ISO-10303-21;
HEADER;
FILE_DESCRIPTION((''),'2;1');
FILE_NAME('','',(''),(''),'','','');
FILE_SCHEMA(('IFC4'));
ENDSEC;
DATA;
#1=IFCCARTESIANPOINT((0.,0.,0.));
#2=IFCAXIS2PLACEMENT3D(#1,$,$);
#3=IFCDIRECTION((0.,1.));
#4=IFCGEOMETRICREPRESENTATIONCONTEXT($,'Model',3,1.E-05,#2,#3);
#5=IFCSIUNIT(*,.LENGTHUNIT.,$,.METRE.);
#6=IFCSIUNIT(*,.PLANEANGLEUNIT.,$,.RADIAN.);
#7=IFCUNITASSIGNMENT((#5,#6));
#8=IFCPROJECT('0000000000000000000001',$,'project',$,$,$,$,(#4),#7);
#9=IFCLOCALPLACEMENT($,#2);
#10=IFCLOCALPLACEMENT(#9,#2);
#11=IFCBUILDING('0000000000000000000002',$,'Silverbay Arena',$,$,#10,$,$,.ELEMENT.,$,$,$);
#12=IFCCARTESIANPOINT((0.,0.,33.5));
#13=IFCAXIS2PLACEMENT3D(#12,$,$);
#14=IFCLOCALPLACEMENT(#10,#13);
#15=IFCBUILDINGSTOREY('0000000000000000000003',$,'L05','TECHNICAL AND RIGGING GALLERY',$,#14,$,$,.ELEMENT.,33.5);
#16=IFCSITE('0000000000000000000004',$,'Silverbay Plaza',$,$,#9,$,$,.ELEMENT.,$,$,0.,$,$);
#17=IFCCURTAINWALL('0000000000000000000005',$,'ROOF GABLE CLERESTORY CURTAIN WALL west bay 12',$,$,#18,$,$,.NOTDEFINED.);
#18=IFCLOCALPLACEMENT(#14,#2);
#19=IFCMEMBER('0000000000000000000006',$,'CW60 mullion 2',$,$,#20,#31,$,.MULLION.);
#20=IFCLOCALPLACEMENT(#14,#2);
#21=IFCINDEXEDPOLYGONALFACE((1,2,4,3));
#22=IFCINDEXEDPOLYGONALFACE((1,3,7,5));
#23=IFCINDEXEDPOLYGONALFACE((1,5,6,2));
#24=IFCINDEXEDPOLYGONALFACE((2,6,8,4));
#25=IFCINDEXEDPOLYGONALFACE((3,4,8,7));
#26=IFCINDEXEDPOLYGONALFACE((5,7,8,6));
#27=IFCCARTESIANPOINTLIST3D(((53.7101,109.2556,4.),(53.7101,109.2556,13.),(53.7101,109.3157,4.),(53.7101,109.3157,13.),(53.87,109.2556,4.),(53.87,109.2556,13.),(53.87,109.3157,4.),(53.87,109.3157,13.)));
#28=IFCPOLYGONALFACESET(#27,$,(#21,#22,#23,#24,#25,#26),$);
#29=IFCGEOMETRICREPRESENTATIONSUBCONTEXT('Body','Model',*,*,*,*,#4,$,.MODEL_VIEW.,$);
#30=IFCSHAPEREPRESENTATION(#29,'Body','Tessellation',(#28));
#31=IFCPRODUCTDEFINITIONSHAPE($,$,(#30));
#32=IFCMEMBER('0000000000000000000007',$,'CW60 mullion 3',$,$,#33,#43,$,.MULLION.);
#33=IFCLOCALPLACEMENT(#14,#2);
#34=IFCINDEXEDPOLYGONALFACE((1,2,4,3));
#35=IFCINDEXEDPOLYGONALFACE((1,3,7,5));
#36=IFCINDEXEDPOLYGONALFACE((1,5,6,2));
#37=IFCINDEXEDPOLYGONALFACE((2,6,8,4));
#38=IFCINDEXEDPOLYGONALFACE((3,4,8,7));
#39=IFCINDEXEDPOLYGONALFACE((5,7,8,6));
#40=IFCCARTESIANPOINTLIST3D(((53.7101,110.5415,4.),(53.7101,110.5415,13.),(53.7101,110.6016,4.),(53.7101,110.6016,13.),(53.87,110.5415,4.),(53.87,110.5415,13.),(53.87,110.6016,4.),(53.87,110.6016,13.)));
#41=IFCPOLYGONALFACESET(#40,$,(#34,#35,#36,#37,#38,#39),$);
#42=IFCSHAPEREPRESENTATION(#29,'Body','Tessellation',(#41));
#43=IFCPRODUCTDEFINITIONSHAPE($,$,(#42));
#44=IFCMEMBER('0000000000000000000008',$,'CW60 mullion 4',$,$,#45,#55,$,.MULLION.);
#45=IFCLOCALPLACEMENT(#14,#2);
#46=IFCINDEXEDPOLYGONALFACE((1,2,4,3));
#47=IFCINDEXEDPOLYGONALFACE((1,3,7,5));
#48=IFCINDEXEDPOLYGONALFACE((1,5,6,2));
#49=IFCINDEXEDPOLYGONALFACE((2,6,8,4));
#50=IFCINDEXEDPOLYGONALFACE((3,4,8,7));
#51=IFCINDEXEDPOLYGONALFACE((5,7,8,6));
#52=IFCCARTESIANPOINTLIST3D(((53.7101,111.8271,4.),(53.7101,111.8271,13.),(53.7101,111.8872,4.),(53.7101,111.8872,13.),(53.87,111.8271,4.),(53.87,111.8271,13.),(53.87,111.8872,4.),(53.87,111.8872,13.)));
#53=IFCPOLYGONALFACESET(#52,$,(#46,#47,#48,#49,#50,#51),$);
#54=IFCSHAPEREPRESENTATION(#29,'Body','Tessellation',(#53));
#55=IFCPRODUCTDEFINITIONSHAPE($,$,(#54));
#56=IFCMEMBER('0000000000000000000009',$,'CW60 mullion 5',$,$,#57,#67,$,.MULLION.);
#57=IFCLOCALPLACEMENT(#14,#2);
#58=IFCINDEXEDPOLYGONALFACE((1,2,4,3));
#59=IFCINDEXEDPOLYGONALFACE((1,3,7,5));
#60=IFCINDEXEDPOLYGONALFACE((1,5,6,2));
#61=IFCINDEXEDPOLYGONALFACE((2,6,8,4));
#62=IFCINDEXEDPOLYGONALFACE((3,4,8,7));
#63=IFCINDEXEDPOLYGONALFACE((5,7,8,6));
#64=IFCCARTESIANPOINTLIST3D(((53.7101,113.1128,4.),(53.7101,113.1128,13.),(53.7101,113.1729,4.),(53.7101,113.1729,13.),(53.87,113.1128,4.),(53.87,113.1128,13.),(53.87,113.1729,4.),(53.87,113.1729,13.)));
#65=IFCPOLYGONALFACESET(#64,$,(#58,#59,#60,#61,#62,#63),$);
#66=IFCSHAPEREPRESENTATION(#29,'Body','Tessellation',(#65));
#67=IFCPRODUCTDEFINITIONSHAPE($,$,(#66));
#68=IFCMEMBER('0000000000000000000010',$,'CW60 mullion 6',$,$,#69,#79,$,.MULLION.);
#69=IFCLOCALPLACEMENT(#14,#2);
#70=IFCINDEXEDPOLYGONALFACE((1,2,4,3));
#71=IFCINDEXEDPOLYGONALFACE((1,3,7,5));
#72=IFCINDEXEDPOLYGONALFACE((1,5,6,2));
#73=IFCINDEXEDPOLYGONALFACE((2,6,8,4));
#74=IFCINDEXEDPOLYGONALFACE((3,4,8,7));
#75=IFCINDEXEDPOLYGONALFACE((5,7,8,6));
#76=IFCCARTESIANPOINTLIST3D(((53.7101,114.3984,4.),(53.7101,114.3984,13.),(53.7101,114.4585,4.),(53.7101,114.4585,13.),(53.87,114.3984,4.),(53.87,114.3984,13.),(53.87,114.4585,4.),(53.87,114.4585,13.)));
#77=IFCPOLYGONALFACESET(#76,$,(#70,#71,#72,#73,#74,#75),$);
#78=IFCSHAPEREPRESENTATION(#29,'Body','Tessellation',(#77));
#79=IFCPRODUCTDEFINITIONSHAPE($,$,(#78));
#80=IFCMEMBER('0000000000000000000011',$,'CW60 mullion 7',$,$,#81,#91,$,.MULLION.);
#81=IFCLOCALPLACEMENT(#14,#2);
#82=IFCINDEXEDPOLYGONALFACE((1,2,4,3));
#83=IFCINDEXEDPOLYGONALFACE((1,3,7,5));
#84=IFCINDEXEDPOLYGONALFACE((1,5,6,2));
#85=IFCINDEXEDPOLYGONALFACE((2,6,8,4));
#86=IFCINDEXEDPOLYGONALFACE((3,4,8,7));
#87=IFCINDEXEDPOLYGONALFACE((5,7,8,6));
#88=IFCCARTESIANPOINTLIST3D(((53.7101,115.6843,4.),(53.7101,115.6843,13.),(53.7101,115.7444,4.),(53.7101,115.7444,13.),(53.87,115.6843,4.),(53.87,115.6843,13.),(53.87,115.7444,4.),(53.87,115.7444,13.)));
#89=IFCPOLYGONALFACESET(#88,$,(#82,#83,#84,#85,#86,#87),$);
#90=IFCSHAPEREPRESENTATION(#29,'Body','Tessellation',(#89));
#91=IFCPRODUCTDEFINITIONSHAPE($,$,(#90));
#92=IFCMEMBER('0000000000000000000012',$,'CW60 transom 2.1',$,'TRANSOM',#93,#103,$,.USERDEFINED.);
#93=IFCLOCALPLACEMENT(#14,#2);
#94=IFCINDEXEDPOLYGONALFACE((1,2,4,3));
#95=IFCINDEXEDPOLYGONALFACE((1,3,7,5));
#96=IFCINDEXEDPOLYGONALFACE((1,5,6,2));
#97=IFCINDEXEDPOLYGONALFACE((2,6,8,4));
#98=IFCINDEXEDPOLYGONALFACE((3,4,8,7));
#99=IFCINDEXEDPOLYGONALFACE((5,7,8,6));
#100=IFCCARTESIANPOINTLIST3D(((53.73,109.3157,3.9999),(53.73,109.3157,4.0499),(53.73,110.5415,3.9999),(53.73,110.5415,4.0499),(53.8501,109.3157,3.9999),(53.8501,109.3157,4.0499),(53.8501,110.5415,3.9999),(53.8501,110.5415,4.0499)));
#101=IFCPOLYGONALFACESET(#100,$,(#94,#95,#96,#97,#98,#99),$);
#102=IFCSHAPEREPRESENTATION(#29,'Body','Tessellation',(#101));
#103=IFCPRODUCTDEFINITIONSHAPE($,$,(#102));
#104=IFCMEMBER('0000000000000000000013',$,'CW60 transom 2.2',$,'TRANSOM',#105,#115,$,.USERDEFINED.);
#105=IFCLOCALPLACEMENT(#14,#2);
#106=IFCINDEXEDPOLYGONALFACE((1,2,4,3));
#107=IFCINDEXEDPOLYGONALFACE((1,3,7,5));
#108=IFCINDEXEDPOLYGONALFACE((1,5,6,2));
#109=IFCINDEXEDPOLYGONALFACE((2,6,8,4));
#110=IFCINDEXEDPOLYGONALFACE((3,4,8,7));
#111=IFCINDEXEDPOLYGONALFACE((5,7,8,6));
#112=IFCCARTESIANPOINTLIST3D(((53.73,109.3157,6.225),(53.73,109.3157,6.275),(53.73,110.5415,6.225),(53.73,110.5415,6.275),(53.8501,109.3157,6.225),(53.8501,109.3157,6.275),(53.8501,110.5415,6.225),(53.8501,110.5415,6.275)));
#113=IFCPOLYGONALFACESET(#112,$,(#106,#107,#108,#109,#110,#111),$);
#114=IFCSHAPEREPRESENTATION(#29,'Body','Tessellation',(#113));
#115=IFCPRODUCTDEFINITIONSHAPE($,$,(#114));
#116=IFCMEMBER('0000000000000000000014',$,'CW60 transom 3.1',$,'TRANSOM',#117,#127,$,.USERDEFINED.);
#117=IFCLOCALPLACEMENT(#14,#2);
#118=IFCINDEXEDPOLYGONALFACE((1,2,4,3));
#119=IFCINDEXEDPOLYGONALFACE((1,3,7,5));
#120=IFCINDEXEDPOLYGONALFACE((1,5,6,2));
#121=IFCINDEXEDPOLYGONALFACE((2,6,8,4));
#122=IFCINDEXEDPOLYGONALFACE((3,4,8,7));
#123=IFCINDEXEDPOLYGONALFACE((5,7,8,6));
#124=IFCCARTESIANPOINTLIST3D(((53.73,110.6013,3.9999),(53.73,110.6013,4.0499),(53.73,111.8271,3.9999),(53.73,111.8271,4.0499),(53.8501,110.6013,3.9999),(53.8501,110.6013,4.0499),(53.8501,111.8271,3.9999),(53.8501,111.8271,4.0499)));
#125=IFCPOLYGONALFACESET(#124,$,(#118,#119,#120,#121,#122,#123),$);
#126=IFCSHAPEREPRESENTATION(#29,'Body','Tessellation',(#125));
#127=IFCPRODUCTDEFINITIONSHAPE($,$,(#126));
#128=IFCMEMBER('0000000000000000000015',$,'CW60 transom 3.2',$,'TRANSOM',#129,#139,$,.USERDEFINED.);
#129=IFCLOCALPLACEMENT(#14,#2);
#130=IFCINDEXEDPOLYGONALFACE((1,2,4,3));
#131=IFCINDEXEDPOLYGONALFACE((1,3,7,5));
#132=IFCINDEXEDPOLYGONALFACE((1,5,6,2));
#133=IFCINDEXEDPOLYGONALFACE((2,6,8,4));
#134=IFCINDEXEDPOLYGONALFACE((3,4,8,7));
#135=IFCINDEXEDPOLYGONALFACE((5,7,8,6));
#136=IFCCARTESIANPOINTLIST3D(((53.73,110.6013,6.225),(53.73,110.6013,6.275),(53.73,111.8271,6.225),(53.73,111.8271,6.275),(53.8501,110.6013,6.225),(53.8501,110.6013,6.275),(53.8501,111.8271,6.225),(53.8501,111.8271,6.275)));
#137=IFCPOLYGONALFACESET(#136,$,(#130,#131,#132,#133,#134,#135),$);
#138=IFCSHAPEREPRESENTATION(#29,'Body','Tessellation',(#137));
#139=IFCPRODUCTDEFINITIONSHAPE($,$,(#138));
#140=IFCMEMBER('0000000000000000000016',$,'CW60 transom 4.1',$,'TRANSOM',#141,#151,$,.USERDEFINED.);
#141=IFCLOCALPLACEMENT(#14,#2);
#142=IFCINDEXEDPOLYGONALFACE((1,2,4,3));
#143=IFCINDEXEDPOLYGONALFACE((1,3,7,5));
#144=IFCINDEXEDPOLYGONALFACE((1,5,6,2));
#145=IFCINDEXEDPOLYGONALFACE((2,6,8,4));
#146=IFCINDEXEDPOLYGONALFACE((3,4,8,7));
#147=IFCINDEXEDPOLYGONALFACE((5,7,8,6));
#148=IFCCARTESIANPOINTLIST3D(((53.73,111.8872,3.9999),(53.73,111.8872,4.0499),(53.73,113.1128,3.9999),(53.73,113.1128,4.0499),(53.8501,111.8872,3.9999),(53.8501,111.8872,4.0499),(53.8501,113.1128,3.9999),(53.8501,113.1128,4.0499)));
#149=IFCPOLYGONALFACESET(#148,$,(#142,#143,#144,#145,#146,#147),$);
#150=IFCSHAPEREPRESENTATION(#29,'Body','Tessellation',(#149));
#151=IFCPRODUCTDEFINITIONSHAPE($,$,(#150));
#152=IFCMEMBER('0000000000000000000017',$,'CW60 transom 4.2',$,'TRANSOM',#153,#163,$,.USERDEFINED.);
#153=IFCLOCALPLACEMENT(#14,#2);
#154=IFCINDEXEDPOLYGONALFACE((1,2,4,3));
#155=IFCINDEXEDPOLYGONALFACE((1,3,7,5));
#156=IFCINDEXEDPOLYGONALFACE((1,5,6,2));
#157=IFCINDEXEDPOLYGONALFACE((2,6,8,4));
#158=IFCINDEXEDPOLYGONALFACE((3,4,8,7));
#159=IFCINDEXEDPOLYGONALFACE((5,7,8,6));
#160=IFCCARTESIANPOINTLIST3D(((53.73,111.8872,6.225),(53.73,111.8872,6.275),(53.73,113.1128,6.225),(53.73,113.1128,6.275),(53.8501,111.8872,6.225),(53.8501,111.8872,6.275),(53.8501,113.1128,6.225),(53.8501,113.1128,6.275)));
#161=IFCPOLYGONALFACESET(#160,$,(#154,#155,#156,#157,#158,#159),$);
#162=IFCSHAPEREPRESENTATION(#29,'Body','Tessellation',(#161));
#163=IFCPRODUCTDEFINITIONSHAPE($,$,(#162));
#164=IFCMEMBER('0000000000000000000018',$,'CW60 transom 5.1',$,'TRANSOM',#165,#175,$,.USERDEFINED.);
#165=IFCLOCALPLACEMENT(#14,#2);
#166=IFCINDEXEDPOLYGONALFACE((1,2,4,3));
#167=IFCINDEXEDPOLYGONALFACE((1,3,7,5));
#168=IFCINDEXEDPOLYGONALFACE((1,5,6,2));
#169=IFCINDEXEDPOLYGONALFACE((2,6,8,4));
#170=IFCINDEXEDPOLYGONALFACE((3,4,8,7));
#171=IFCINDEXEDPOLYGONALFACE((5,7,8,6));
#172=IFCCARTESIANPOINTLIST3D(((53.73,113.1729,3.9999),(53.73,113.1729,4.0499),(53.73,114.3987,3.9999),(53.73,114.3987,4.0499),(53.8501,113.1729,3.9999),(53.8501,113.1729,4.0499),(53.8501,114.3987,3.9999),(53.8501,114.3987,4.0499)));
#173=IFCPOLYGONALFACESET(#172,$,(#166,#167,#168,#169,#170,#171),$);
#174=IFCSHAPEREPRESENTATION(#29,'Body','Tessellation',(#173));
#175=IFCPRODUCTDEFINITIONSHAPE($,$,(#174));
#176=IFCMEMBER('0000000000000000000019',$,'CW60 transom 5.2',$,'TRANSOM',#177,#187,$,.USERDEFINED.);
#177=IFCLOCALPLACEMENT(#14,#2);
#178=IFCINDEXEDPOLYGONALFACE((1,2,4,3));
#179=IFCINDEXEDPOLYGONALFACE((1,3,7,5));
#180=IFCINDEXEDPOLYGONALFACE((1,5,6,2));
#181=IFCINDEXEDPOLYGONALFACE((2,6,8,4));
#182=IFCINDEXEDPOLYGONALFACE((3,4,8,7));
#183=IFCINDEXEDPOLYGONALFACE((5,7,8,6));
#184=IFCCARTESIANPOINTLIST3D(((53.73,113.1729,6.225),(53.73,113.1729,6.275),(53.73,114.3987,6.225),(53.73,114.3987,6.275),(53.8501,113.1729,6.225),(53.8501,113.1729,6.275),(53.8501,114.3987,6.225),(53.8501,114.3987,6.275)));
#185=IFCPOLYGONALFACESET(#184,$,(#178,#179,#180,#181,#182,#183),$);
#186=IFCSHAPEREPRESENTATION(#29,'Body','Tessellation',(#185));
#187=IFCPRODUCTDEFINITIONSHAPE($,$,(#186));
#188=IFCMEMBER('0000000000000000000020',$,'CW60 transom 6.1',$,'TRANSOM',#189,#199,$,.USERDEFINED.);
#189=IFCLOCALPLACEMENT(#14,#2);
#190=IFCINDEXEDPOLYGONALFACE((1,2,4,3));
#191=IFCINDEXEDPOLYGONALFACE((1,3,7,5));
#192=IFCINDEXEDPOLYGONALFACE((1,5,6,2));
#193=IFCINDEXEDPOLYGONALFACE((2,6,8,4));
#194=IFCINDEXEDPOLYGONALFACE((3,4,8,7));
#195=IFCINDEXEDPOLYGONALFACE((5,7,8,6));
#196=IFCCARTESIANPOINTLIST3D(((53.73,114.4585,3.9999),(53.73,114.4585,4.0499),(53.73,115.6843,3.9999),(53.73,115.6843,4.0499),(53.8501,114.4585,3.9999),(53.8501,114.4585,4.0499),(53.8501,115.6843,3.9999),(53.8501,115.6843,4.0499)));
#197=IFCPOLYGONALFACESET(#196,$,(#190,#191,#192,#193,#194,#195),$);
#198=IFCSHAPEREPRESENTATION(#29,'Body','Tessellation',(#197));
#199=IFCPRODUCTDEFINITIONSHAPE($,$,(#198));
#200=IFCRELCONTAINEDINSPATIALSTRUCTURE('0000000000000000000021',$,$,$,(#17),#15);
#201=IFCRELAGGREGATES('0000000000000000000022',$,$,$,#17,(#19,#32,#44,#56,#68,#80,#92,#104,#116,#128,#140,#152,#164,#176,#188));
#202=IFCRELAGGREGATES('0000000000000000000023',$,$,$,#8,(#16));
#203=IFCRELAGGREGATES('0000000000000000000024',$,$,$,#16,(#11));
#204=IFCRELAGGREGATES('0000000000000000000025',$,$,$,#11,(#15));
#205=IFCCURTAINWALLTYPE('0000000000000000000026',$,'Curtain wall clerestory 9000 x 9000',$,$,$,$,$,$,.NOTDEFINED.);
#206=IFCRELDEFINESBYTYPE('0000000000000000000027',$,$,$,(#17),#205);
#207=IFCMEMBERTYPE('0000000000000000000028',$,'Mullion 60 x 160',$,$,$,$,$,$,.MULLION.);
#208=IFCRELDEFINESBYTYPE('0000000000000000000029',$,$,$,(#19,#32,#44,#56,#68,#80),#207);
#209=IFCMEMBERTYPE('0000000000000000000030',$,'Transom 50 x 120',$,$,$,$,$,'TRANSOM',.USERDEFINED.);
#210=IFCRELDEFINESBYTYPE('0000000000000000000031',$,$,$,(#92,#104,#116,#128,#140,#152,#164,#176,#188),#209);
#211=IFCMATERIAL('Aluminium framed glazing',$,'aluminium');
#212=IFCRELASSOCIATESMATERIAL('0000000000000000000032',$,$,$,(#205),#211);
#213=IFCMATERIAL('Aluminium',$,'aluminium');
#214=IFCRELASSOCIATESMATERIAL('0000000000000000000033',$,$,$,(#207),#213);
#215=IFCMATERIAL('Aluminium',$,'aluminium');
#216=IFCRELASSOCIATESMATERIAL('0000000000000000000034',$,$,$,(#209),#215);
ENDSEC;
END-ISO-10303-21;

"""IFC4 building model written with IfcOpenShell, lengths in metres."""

from ifc_helpers import new_model, si_unit, direction, frame, origin, origin_2d, place, context, subcontext, project, spatial, rectangle, extrude, material, material_profile, profile_set, type_object, element, aggregate, save


model = new_model("IFC4")

# Units and contexts
model_context = context("Model", 3, precision=1e-05, world=origin(), true_north=direction((0.0, 1.0)))
body_context = subcontext(model_context, "Body", "Model", "MODEL_VIEW")
ifc_project = project(units=[si_unit("LENGTHUNIT", "METRE"), si_unit("PLANEANGLEUNIT", "RADIAN")], contexts=[model_context])

# Site, building, storey
site_placement = place(None, origin())
site = spatial("IfcSite", under=ifc_project, at=site_placement, Name="Silverbay Plaza", CompositionType="ELEMENT", RefElevation=0.0)
building_placement = place(site_placement, origin())
building = spatial("IfcBuilding", under=site, at=building_placement, Name="Silverbay Arena", CompositionType="ELEMENT")
storey_placement = place(building_placement, frame((0.0, 0.0, 33.5)))
storey = spatial("IfcBuildingStorey", under=building, at=storey_placement, Name="L05", Description="TECHNICAL AND RIGGING GALLERY", CompositionType="ELEMENT", Elevation=33.5)

# Curtain wall, members
ifc_material_1 = material(Name="Aluminium framed glazing", Category="aluminium")
curtain_wall_type = type_object("IfcCurtainWallType", Name="Curtain wall clerestory 9000 x 9000", PredefinedType="NOTDEFINED", material=ifc_material_1)
curtain_wall_placement = place(storey_placement, origin())
curtain_wall = element("IfcCurtainWall", 1, at=curtain_wall_placement, inside=storey, type_object=curtain_wall_type, Name="ROOF GABLE CLERESTORY CURTAIN WALL west bay 12", PredefinedType="NOTDEFINED")
ifc_material_2 = material(Name="Aluminium", Category="aluminium")
ifc_material_profile_1 = material_profile(ifc_material_2, rectangle(XDim=0.1599, YDim=0.0601, at=origin_2d()), Name="Mullion 60 x 160")
ifc_profile_set_1 = profile_set([ifc_material_profile_1], Name="Aluminium")
member_type_1 = type_object("IfcMemberType", Name="Mullion 60 x 160", PredefinedType="MULLION", material=ifc_profile_set_1)
member_1_placement = place(storey_placement, frame((53.79, 109.2856, 4.0), z_axis=(0.0, 0.0, 1.0), x_axis=(-1.0, 0.0, 0.0)))
member_1 = element("IfcMember", 2, at=member_1_placement, type_object=member_type_1, Name="CW60 mullion 2", PredefinedType="MULLION", context=body_context, shape_type="SweptSolid", body=[
    extrude(rectangle(XDim=0.1599, YDim=0.0601, at=origin_2d()), origin(), (0.0, 0.0, 1.0), 9.0),
])
member_2_placement = place(storey_placement, frame((53.79, 110.5715, 4.0), z_axis=(0.0, 0.0, 1.0), x_axis=(-1.0, 0.0, 0.0)))
member_2 = element("IfcMember", 3, at=member_2_placement, type_object=member_type_1, Name="CW60 mullion 3", PredefinedType="MULLION", context=body_context, shape_type="SweptSolid", body=[
    extrude(rectangle(XDim=0.1599, YDim=0.0601, at=origin_2d()), origin(), (0.0, 0.0, 1.0), 9.0),
])
member_3_placement = place(storey_placement, frame((53.79, 111.8572, 4.0), z_axis=(0.0, 0.0, 1.0), x_axis=(-1.0, 0.0, 0.0)))
member_3 = element("IfcMember", 4, at=member_3_placement, type_object=member_type_1, Name="CW60 mullion 4", PredefinedType="MULLION", context=body_context, shape_type="SweptSolid", body=[
    extrude(rectangle(XDim=0.1599, YDim=0.0601, at=origin_2d()), origin(), (0.0, 0.0, 1.0), 9.0),
])
member_4_placement = place(storey_placement, frame((53.79, 113.1428, 4.0), z_axis=(0.0, 0.0, 1.0), x_axis=(-1.0, 0.0, 0.0)))
member_4 = element("IfcMember", 5, at=member_4_placement, type_object=member_type_1, Name="CW60 mullion 5", PredefinedType="MULLION", context=body_context, shape_type="SweptSolid", body=[
    extrude(rectangle(XDim=0.1599, YDim=0.0601, at=origin_2d()), origin(), (0.0, 0.0, 1.0), 9.0),
])
member_5_placement = place(storey_placement, frame((53.79, 114.4285, 4.0), z_axis=(0.0, 0.0, 1.0), x_axis=(-1.0, 0.0, 0.0)))
member_5 = element("IfcMember", 6, at=member_5_placement, type_object=member_type_1, Name="CW60 mullion 6", PredefinedType="MULLION", context=body_context, shape_type="SweptSolid", body=[
    extrude(rectangle(XDim=0.1599, YDim=0.0601, at=origin_2d()), origin(), (0.0, 0.0, 1.0), 9.0),
])
member_6_placement = place(storey_placement, frame((53.79, 115.7144, 4.0), z_axis=(0.0, 0.0, 1.0), x_axis=(-1.0, 0.0, 0.0)))
member_6 = element("IfcMember", 7, at=member_6_placement, type_object=member_type_1, Name="CW60 mullion 7", PredefinedType="MULLION", context=body_context, shape_type="SweptSolid", body=[
    extrude(rectangle(XDim=0.1599, YDim=0.0601, at=origin_2d()), origin(), (0.0, 0.0, 1.0), 9.0),
])
ifc_material_3 = material(Name="Aluminium", Category="aluminium")
ifc_material_profile_2 = material_profile(ifc_material_3, rectangle(XDim=0.1201, YDim=0.05, at=origin_2d()), Name="Transom 50 x 120")
ifc_profile_set_2 = profile_set([ifc_material_profile_2], Name="Aluminium")
member_type_2 = type_object("IfcMemberType", Name="Transom 50 x 120", ElementType="TRANSOM", PredefinedType="USERDEFINED", material=ifc_profile_set_2)
member_7_placement = place(storey_placement, frame((53.79, 109.3157, 4.0249), z_axis=(0.0, 1.0, 0.0), x_axis=(-1.0, 0.0, 0.0)))
member_7 = element("IfcMember", 8, at=member_7_placement, type_object=member_type_2, Name="CW60 transom 2.1", ObjectType="TRANSOM", PredefinedType="USERDEFINED", context=body_context, shape_type="SweptSolid", body=[
    extrude(rectangle(XDim=0.1201, YDim=0.05, at=origin_2d()), origin(), (0.0, 0.0, 1.0), 1.2258),
])
member_8_placement = place(storey_placement, frame((53.79, 109.3157, 6.25), z_axis=(0.0, 1.0, 0.0), x_axis=(-1.0, 0.0, 0.0)))
member_8 = element("IfcMember", 9, at=member_8_placement, type_object=member_type_2, Name="CW60 transom 2.2", ObjectType="TRANSOM", PredefinedType="USERDEFINED", context=body_context, shape_type="SweptSolid", body=[
    extrude(rectangle(XDim=0.1201, YDim=0.05, at=origin_2d()), origin(), (0.0, 0.0, 1.0), 1.2258),
])
member_9_placement = place(storey_placement, frame((53.79, 110.6013, 4.0249), z_axis=(0.0, 1.0, 0.0), x_axis=(-1.0, 0.0, 0.0)))
member_9 = element("IfcMember", 10, at=member_9_placement, type_object=member_type_2, Name="CW60 transom 3.1", ObjectType="TRANSOM", PredefinedType="USERDEFINED", context=body_context, shape_type="SweptSolid", body=[
    extrude(rectangle(XDim=0.1201, YDim=0.05, at=origin_2d()), origin(), (0.0, 0.0, 1.0), 1.2258),
])
member_10_placement = place(storey_placement, frame((53.79, 110.6013, 6.25), z_axis=(0.0, 1.0, 0.0), x_axis=(-1.0, 0.0, 0.0)))
member_10 = element("IfcMember", 11, at=member_10_placement, type_object=member_type_2, Name="CW60 transom 3.2", ObjectType="TRANSOM", PredefinedType="USERDEFINED", context=body_context, shape_type="SweptSolid", body=[
    extrude(rectangle(XDim=0.1201, YDim=0.05, at=origin_2d()), origin(), (0.0, 0.0, 1.0), 1.2258),
])
member_11_placement = place(storey_placement, frame((53.79, 111.8872, 4.0249), z_axis=(0.0, 1.0, 0.0), x_axis=(-1.0, 0.0, 0.0)))
member_11 = element("IfcMember", 12, at=member_11_placement, type_object=member_type_2, Name="CW60 transom 4.1", ObjectType="TRANSOM", PredefinedType="USERDEFINED", context=body_context, shape_type="SweptSolid", body=[
    extrude(rectangle(XDim=0.1201, YDim=0.05, at=origin_2d()), origin(), (0.0, 0.0, 1.0), 1.2256),
])
member_12_placement = place(storey_placement, frame((53.79, 111.8872, 6.25), z_axis=(0.0, 1.0, 0.0), x_axis=(-1.0, 0.0, 0.0)))
member_12 = element("IfcMember", 13, at=member_12_placement, type_object=member_type_2, Name="CW60 transom 4.2", ObjectType="TRANSOM", PredefinedType="USERDEFINED", context=body_context, shape_type="SweptSolid", body=[
    extrude(rectangle(XDim=0.1201, YDim=0.05, at=origin_2d()), origin(), (0.0, 0.0, 1.0), 1.2256),
])
member_13_placement = place(storey_placement, frame((53.79, 113.1729, 4.0249), z_axis=(0.0, 1.0, 0.0), x_axis=(-1.0, 0.0, 0.0)))
member_13 = element("IfcMember", 14, at=member_13_placement, type_object=member_type_2, Name="CW60 transom 5.1", ObjectType="TRANSOM", PredefinedType="USERDEFINED", context=body_context, shape_type="SweptSolid", body=[
    extrude(rectangle(XDim=0.1201, YDim=0.05, at=origin_2d()), origin(), (0.0, 0.0, 1.0), 1.2258),
])
member_14_placement = place(storey_placement, frame((53.79, 113.1729, 6.25), z_axis=(0.0, 1.0, 0.0), x_axis=(-1.0, 0.0, 0.0)))
member_14 = element("IfcMember", 15, at=member_14_placement, type_object=member_type_2, Name="CW60 transom 5.2", ObjectType="TRANSOM", PredefinedType="USERDEFINED", context=body_context, shape_type="SweptSolid", body=[
    extrude(rectangle(XDim=0.1201, YDim=0.05, at=origin_2d()), origin(), (0.0, 0.0, 1.0), 1.2258),
])
member_15_placement = place(storey_placement, frame((53.79, 114.4585, 4.0249), z_axis=(0.0, 1.0, 0.0), x_axis=(-1.0, 0.0, 0.0)))
member_15 = element("IfcMember", 16, at=member_15_placement, type_object=member_type_2, Name="CW60 transom 6.1", ObjectType="TRANSOM", PredefinedType="USERDEFINED", context=body_context, shape_type="SweptSolid", body=[
    extrude(rectangle(XDim=0.1201, YDim=0.05, at=origin_2d()), origin(), (0.0, 0.0, 1.0), 1.2258),
])
aggregate(curtain_wall, [member_1, member_2, member_3, member_4, member_5, member_6, member_7, member_8, member_9, member_10, member_11, member_12, member_13, member_14, member_15])

save(model, "model.ifc")
